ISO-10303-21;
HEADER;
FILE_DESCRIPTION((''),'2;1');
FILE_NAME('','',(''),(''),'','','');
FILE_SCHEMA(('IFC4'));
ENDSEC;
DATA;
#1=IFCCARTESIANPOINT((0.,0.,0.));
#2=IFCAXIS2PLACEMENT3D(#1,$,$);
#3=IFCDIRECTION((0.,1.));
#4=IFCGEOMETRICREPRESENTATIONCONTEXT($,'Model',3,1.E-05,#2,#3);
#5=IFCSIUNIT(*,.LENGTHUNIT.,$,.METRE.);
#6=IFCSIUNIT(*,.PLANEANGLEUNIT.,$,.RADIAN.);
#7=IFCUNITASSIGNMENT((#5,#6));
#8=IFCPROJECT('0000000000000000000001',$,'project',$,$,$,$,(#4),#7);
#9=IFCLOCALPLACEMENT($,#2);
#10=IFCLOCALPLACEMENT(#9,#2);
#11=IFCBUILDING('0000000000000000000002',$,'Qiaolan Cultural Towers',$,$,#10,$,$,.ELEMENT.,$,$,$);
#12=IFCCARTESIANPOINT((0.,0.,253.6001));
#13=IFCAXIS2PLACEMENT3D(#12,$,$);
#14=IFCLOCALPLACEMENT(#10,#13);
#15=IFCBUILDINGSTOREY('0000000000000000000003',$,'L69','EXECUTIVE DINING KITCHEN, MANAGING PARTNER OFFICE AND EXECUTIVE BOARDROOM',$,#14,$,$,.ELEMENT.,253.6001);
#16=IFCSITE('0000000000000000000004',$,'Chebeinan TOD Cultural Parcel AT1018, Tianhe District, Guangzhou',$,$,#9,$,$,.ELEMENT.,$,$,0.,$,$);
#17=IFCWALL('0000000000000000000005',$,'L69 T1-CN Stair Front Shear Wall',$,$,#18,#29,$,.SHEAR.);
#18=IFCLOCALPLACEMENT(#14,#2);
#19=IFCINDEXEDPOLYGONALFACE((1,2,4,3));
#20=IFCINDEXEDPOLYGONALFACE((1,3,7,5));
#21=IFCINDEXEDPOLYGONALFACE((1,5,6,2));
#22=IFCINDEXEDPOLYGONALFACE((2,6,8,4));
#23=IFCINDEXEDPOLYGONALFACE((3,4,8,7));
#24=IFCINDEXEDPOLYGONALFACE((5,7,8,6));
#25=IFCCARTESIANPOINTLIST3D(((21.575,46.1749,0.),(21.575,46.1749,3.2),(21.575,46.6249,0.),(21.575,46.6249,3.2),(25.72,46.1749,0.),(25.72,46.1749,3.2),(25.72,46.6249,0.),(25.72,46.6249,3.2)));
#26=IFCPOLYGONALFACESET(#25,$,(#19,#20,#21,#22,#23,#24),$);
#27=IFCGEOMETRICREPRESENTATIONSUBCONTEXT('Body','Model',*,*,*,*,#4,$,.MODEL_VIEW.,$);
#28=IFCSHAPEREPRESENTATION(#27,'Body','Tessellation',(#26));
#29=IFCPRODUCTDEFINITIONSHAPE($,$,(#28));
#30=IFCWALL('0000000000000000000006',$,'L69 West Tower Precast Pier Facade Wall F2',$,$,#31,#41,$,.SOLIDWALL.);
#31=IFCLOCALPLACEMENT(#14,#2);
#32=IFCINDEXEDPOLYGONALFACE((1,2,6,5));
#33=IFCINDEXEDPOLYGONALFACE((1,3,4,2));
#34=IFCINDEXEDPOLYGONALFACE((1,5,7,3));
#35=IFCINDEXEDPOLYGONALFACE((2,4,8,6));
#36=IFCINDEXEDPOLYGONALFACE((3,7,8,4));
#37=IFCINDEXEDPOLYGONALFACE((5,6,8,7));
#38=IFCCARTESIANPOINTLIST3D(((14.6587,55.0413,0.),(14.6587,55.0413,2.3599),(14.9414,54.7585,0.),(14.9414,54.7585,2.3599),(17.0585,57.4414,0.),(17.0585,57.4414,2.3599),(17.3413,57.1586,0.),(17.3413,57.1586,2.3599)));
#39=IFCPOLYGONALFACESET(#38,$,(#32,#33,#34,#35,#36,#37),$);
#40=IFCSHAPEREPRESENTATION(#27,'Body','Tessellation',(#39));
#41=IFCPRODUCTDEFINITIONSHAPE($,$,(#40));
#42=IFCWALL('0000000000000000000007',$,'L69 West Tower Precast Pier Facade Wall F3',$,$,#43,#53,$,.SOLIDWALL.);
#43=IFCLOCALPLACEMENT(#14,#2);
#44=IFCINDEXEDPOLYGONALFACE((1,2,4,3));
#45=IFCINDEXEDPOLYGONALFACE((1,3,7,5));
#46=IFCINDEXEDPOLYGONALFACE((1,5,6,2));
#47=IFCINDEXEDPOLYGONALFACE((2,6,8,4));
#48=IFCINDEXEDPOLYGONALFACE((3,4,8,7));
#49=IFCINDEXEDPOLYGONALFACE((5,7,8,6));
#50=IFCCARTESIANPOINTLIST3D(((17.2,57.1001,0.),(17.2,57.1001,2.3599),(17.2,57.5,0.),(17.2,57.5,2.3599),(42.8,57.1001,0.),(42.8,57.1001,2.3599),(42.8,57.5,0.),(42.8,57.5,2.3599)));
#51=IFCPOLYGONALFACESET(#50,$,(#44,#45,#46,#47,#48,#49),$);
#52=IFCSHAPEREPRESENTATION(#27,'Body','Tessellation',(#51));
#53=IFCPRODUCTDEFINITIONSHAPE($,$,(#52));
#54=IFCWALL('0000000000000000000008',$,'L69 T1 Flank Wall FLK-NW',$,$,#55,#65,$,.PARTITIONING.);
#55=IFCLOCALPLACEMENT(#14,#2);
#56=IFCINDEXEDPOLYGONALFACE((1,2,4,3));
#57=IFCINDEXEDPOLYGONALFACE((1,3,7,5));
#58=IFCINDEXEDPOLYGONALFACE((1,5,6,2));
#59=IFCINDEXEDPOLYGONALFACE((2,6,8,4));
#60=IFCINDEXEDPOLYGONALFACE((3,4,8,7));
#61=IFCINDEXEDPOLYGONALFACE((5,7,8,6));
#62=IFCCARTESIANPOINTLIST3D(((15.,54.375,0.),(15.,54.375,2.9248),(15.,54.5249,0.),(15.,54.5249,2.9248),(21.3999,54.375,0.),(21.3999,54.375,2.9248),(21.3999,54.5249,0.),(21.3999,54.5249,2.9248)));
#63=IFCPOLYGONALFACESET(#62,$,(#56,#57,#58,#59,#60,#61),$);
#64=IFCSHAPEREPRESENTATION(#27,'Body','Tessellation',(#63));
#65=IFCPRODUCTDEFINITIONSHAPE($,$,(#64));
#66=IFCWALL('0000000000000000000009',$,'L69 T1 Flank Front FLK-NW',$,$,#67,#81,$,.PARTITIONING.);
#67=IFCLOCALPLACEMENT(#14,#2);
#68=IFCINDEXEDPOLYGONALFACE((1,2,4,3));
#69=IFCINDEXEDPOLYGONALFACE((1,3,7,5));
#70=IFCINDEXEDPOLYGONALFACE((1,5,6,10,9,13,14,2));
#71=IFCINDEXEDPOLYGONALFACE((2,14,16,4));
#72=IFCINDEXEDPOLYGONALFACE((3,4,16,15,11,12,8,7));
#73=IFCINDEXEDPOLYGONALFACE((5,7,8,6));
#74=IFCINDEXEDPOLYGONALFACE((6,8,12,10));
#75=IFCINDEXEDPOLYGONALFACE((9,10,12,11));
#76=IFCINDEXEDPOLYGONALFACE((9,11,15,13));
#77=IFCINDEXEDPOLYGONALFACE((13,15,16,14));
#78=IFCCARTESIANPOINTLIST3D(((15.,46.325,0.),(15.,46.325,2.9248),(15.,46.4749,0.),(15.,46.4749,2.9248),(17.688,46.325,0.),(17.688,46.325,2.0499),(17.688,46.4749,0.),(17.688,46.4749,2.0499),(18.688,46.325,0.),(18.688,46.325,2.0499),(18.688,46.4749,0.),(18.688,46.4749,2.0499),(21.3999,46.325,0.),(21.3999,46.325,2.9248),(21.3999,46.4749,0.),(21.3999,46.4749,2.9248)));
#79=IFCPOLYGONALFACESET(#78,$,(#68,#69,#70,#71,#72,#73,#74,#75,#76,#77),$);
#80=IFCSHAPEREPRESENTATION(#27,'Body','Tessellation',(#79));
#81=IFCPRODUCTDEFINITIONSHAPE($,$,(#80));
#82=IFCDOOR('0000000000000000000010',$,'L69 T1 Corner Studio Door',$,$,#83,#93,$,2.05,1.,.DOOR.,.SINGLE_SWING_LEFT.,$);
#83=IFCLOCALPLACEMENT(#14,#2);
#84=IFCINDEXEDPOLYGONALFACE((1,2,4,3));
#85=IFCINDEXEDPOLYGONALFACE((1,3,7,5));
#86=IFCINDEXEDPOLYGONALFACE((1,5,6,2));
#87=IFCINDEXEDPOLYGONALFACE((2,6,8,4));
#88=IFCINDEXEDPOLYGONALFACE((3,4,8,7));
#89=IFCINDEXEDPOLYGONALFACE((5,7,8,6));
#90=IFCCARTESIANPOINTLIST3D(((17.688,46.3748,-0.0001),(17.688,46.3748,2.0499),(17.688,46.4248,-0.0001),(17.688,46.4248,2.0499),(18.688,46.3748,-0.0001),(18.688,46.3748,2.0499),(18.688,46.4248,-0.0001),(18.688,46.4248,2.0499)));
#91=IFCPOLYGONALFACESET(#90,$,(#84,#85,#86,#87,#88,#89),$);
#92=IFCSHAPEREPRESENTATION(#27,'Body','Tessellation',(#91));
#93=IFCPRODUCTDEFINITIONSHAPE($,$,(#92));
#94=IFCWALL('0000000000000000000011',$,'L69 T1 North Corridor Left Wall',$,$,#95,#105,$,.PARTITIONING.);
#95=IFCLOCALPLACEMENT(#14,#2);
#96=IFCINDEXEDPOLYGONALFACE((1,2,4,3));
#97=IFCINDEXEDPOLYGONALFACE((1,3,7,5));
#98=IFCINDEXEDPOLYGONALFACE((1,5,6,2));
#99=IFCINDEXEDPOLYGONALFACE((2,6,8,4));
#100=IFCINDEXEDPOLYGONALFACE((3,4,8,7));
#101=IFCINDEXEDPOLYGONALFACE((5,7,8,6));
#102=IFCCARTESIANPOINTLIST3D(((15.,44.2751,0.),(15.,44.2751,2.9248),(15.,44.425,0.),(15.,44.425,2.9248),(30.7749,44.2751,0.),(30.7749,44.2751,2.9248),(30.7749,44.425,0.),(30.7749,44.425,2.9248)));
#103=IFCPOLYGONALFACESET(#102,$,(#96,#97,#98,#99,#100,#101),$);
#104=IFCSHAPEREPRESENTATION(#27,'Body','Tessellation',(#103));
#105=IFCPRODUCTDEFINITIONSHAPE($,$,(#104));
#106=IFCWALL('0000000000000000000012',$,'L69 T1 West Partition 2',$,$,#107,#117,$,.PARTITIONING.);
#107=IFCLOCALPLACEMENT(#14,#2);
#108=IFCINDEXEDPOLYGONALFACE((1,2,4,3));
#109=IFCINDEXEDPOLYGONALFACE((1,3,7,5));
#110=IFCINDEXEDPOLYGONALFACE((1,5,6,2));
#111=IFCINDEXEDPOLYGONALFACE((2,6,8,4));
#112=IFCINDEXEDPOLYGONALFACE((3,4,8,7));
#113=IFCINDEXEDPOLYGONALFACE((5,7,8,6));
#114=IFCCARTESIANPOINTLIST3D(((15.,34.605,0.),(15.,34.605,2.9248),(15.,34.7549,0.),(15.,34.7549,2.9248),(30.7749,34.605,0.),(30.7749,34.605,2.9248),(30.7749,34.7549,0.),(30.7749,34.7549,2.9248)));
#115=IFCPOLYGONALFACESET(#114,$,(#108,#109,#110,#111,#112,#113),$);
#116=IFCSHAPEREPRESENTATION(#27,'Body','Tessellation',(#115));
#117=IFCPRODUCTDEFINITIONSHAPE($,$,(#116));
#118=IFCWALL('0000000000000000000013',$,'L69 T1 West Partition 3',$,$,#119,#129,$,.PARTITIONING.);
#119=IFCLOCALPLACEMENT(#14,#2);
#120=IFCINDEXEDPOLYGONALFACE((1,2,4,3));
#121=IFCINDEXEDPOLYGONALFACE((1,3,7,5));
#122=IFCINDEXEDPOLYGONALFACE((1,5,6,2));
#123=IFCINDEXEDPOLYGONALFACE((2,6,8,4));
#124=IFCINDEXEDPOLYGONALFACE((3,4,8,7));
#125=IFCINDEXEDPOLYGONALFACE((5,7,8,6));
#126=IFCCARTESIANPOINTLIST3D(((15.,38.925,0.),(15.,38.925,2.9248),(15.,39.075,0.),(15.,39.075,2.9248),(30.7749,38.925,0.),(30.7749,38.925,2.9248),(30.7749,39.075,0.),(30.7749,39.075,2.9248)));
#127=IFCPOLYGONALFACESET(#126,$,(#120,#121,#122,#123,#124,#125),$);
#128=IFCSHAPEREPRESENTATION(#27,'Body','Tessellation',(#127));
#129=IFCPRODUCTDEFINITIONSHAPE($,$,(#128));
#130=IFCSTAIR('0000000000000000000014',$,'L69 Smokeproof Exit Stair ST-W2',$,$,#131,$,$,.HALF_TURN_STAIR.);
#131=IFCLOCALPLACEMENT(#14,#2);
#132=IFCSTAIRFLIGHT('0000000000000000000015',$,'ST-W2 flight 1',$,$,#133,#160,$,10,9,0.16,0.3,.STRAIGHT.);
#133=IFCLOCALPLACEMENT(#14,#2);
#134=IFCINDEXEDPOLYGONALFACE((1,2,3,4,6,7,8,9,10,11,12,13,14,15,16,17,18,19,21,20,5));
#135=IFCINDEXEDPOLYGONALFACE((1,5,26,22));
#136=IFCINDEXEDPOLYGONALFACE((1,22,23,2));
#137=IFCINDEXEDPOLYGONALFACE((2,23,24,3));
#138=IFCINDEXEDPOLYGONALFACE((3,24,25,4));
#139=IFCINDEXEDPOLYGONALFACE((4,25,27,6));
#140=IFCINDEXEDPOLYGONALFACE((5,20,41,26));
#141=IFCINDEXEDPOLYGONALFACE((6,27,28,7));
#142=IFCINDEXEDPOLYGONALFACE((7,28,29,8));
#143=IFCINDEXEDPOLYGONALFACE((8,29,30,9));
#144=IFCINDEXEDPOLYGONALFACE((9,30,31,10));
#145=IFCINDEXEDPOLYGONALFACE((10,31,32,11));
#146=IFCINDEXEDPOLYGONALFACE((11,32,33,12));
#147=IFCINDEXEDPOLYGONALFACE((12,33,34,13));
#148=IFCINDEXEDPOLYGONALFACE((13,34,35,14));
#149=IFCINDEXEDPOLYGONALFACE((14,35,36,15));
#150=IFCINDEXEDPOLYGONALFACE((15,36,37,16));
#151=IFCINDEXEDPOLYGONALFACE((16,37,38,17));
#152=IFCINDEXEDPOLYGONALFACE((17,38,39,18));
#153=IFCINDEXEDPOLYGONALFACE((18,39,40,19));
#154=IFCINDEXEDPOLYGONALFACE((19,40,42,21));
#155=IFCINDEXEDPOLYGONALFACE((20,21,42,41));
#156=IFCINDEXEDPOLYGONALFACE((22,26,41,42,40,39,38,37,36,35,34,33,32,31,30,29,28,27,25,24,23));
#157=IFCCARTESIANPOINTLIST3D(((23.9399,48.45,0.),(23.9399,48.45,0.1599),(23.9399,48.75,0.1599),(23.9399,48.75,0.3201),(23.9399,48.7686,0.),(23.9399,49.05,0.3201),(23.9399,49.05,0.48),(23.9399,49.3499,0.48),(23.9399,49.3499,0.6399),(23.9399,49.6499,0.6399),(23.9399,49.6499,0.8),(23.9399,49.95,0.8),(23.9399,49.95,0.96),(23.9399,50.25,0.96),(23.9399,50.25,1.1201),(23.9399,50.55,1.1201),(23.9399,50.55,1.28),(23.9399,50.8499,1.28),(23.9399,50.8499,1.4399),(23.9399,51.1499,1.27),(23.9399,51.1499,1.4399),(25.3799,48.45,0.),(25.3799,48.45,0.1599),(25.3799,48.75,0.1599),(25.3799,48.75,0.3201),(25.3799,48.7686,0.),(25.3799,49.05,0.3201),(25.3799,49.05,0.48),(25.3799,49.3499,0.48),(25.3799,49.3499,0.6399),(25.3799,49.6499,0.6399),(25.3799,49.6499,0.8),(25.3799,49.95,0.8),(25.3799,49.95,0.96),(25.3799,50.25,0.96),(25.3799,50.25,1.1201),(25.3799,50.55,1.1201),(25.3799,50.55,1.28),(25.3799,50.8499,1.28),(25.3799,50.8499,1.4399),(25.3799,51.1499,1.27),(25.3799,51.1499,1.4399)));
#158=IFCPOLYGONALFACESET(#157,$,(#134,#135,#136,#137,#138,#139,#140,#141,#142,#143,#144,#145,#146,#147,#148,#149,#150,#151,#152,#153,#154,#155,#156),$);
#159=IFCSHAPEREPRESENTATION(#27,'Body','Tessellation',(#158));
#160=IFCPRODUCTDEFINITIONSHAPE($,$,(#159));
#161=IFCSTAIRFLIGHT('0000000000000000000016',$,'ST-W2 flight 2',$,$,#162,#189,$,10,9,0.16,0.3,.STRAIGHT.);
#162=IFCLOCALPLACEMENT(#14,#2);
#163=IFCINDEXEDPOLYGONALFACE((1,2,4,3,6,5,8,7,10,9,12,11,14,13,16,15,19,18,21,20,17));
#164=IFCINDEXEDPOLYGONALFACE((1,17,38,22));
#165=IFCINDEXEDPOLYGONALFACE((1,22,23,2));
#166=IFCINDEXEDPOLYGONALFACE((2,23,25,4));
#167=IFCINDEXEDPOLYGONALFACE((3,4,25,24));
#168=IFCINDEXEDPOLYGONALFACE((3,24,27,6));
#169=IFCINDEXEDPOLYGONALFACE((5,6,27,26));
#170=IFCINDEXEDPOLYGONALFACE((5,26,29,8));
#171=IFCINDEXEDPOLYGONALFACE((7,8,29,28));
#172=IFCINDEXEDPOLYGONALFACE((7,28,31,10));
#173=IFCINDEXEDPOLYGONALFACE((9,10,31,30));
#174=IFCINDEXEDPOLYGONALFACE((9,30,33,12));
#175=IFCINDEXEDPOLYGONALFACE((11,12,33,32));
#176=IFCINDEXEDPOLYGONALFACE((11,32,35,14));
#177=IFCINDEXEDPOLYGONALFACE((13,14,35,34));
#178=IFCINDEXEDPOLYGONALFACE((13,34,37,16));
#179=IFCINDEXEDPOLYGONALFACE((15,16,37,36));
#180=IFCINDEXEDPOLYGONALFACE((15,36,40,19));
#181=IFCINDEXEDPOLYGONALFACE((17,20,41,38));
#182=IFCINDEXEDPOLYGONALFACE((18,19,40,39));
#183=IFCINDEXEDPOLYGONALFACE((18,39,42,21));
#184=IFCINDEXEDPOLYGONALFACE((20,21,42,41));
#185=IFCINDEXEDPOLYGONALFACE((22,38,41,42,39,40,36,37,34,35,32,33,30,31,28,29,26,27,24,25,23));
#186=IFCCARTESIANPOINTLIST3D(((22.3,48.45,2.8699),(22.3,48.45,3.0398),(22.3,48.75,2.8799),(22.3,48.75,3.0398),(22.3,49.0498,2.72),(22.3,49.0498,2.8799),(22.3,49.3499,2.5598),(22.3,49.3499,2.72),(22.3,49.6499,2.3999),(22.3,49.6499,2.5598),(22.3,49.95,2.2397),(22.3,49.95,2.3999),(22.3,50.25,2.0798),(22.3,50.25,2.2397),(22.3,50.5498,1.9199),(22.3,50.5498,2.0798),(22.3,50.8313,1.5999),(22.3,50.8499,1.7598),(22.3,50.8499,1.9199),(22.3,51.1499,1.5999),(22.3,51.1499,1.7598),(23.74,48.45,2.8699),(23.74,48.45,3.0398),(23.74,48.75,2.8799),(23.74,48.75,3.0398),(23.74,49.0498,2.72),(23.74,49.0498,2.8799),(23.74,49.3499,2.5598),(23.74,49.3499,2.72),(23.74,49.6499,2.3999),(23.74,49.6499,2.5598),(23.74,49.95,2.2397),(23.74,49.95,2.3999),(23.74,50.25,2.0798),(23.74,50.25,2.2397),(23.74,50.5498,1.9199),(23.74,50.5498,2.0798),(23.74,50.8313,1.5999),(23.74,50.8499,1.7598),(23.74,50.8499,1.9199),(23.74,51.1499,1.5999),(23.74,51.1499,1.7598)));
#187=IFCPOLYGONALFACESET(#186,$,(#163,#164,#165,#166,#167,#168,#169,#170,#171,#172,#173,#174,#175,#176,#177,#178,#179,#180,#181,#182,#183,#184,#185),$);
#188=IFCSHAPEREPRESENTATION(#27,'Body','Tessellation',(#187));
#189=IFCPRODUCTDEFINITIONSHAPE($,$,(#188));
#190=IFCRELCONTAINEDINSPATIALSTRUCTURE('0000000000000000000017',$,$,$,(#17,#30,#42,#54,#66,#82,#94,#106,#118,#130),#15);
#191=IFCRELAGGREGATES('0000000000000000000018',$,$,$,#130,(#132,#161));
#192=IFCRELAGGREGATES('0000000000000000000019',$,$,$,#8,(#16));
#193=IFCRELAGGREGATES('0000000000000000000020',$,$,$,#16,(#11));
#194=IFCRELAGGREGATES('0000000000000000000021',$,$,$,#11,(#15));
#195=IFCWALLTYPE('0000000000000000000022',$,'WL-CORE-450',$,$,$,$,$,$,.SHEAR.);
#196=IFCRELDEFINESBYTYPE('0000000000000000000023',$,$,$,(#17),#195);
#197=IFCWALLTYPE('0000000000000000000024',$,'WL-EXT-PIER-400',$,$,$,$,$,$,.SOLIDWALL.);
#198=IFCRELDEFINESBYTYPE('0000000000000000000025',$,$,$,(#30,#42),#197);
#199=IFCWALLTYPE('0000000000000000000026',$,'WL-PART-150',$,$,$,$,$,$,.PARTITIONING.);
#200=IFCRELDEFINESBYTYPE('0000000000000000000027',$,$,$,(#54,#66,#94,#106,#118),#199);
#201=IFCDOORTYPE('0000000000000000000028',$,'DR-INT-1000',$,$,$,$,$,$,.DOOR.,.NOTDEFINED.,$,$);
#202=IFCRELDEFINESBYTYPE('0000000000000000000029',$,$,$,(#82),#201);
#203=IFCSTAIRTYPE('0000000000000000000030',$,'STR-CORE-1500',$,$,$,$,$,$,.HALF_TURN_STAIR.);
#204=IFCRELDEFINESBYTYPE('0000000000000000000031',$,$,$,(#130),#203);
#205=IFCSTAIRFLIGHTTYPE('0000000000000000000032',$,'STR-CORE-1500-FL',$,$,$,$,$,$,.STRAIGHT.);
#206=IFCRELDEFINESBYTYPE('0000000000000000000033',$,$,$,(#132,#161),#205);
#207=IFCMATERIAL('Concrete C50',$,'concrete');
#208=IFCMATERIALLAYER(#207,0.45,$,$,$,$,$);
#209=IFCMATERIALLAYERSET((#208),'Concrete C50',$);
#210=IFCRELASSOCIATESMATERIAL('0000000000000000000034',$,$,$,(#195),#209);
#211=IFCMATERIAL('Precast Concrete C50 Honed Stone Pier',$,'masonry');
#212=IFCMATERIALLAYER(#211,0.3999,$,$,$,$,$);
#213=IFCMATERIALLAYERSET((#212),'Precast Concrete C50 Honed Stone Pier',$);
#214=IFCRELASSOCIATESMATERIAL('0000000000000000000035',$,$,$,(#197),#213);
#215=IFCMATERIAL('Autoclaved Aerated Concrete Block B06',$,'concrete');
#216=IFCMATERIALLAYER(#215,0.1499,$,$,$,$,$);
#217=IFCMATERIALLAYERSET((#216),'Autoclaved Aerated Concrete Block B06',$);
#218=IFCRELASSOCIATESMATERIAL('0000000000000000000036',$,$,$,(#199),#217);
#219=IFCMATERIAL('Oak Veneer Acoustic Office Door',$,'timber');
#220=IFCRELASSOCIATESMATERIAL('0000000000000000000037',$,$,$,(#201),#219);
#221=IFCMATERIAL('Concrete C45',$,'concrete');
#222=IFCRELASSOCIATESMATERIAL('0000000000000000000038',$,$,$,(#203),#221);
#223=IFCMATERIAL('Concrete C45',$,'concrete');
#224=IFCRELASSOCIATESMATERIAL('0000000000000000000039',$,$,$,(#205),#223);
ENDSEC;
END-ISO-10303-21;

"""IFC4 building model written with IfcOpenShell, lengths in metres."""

from ifc_helpers import new_model, si_unit, direction, frame, frame_2d, origin, place, context, subcontext, project, spatial, polyline, rectangle, outline, extrude, material, layer, layer_set, type_object, element, fill, aggregate, save


model = new_model("IFC4")

# Units and contexts
model_context = context("Model", 3, precision=1e-05, world=origin(), true_north=direction((0.0, 1.0)))
body_context = subcontext(model_context, "Body", "Model", "MODEL_VIEW")
ifc_project = project(units=[si_unit("LENGTHUNIT", "METRE"), si_unit("PLANEANGLEUNIT", "RADIAN")], contexts=[model_context])

# Site, building, storey
site_placement = place(None, origin())
site = spatial("IfcSite", under=ifc_project, at=site_placement, Name="Chebeinan TOD Cultural Parcel AT1018, Tianhe District, Guangzhou", CompositionType="ELEMENT", RefElevation=0.0)
building_placement = place(site_placement, origin())
building = spatial("IfcBuilding", under=site, at=building_placement, Name="Qiaolan Cultural Towers", CompositionType="ELEMENT")
storey_placement = place(building_placement, frame((0.0, 0.0, 253.6001)))
storey = spatial("IfcBuildingStorey", under=building, at=storey_placement, Name="L69", Description="EXECUTIVE DINING KITCHEN, MANAGING PARTNER OFFICE AND EXECUTIVE BOARDROOM", CompositionType="ELEMENT", Elevation=253.6001)

# Walls
ifc_material_1 = material(Name="Concrete C50", Category="concrete")
ifc_layer_1 = layer(ifc_material_1, 0.45)
ifc_layer_set_1 = layer_set([ifc_layer_1], Name="Concrete C50")
wall_type_1 = type_object("IfcWallType", Name="WL-CORE-450", PredefinedType="SHEAR", material=ifc_layer_set_1)
wall_1_placement = place(storey_placement, frame((21.575, 46.3999, 0.0), z_axis=(0.0, 0.0, 1.0), x_axis=(1.0, 0.0, 0.0)))
element("IfcWall", 1, at=wall_1_placement, inside=storey, type_object=wall_type_1, Name="L69 T1-CN Stair Front Shear Wall", PredefinedType="SHEAR", context=body_context, shape_type="SweptSolid", body=[
    extrude(rectangle(XDim=4.145, YDim=0.45, at=frame_2d((2.0725, 0.0))), origin(), (0.0, 0.0, 1.0), 3.2),
])
ifc_material_2 = material(Name="Precast Concrete C50 Honed Stone Pier", Category="masonry")
ifc_layer_2 = layer(ifc_material_2, 0.3999)
ifc_layer_set_2 = layer_set([ifc_layer_2], Name="Precast Concrete C50 Honed Stone Pier")
wall_type_2 = type_object("IfcWallType", Name="WL-EXT-PIER-400", PredefinedType="SOLIDWALL", material=ifc_layer_set_2)
wall_2_placement = place(storey_placement, frame((14.8, 54.8999, 0.0), z_axis=(0.0, 0.0, 1.0), x_axis=(0.707071, 0.707143, 0.0)))
element("IfcWall", 2, at=wall_2_placement, inside=storey, type_object=wall_type_2, Name="L69 West Tower Precast Pier Facade Wall F2", PredefinedType="SOLIDWALL", context=body_context, shape_type="SweptSolid", body=[
    extrude(rectangle(XDim=3.394, YDim=0.3999, at=frame_2d((1.697, 0.0))), origin(), (0.0, 0.0, 1.0), 2.3599),
])
wall_3_placement = place(storey_placement, frame((17.2, 57.3, 0.0), z_axis=(0.0, 0.0, 1.0), x_axis=(1.0, 0.0, 0.0)))
element("IfcWall", 3, at=wall_3_placement, inside=storey, type_object=wall_type_2, Name="L69 West Tower Precast Pier Facade Wall F3", PredefinedType="SOLIDWALL", context=body_context, shape_type="SweptSolid", body=[
    extrude(rectangle(XDim=25.6001, YDim=0.3999, at=frame_2d((12.8, 0.0))), origin(), (0.0, 0.0, 1.0), 2.3599),
])
ifc_material_3 = material(Name="Autoclaved Aerated Concrete Block B06", Category="concrete")
ifc_layer_3 = layer(ifc_material_3, 0.1499)
ifc_layer_set_3 = layer_set([ifc_layer_3], Name="Autoclaved Aerated Concrete Block B06")
wall_type_3 = type_object("IfcWallType", Name="WL-PART-150", PredefinedType="PARTITIONING", material=ifc_layer_set_3)
wall_4_placement = place(storey_placement, frame((15.0, 54.45, 0.0), z_axis=(0.0, 0.0, 1.0), x_axis=(1.0, 0.0, 0.0)))
element("IfcWall", 4, at=wall_4_placement, inside=storey, type_object=wall_type_3, Name="L69 T1 Flank Wall FLK-NW", PredefinedType="PARTITIONING", context=body_context, shape_type="SweptSolid", body=[
    extrude(rectangle(XDim=6.3999, YDim=0.1499, at=frame_2d((3.2, 0.0))), origin(), (0.0, 0.0, 1.0), 2.9248),
])

# Wall, opening, door
wall_5_placement = place(storey_placement, frame((15.0, 46.3999, 0.0), z_axis=(0.0, 0.0, 1.0), x_axis=(1.0, 0.0, 0.0)))
wall_5 = element("IfcWall", 5, at=wall_5_placement, inside=storey, type_object=wall_type_3, Name="L69 T1 Flank Front FLK-NW", PredefinedType="PARTITIONING", context=body_context, shape_type="SweptSolid", body=[
    extrude(rectangle(XDim=6.3999, YDim=0.1499, at=frame_2d((3.2, 0.0))), origin(), (0.0, 0.0, 1.0), 2.9248),
])
opening_placement = place(wall_5_placement, frame((2.688, 0.0, 0.0)))
opening = element("IfcOpeningElement", 6, at=opening_placement, cuts=wall_5, PredefinedType="OPENING", context=body_context, shape_type="SweptSolid", body=[
    extrude(rectangle(XDim=1.0, YDim=2.05, at=frame_2d((0.5, 1.0249))), frame((0.0, 0.085, 0.0), z_axis=(0.0, -1.0, 0.0), x_axis=(1.0, 0.0, 0.0)), (0.0, 0.0, 1.0), 0.1699),
])
ifc_material_4 = material(Name="Oak Veneer Acoustic Office Door", Category="timber")
door_type = type_object("IfcDoorType", Name="DR-INT-1000", OperationType="NOTDEFINED", PredefinedType="DOOR", material=ifc_material_4)
door_placement = place(opening_placement, origin())
door = element("IfcDoor", 7, at=door_placement, inside=storey, type_object=door_type, Name="L69 T1 Corner Studio Door", OperationType="SINGLE_SWING_LEFT", OverallHeight=2.05, OverallWidth=1.0, PredefinedType="DOOR", context=body_context, shape_type="SweptSolid", body=[
    extrude(rectangle(XDim=1.0, YDim=2.05, at=frame_2d((0.5, 1.0249))), frame((0.0, 0.0249, 0.0), z_axis=(0.0, -1.0, 0.0), x_axis=(1.0, 0.0, 0.0)), (0.0, 0.0, 1.0), 0.05),
])
fill(opening, door)

# Walls
for number, where, z_axis, x_axis, name in (
    (8, (15.0, 44.3501, 0.0), (0.0, 0.0, 1.0), (1.0, 0.0, 0.0), "L69 T1 North Corridor Left Wall"),
    (9, (15.0, 34.6799, 0.0), (0.0, 0.0, 1.0), (1.0, 0.0, 0.0), "L69 T1 West Partition 2"),
    (10, (15.0, 39.0, 0.0), (0.0, 0.0, 1.0), (1.0, 0.0, 0.0), "L69 T1 West Partition 3"),
):
    element("IfcWall", number, at=place(storey_placement, frame(where, z_axis=z_axis, x_axis=x_axis)), inside=storey, type_object=wall_type_3, Name=name, PredefinedType="PARTITIONING", context=body_context, shape_type="SweptSolid", body=[
        extrude(rectangle(XDim=15.7749, YDim=0.1499, at=frame_2d((7.8875, 0.0))), origin(), (0.0, 0.0, 1.0), 2.9248),
    ])

# Stair, stair flights
ifc_material_5 = material(Name="Concrete C45", Category="concrete")
stair_type = type_object("IfcStairType", Name="STR-CORE-1500", PredefinedType="HALF_TURN_STAIR", material=ifc_material_5)
stair_placement = place(storey_placement, origin())
stair = element("IfcStair", 11, at=stair_placement, inside=storey, type_object=stair_type, Name="L69 Smokeproof Exit Stair ST-W2", PredefinedType="HALF_TURN_STAIR")
ifc_material_6 = material(Name="Concrete C45", Category="concrete")
stair_flight_type = type_object("IfcStairFlightType", Name="STR-CORE-1500-FL", PredefinedType="STRAIGHT", material=ifc_material_6)
stair_flight_1_placement = place(storey_placement, frame((24.6599, 48.45, 0.0), z_axis=(0.0, 0.0, 1.0), x_axis=(0.0, 1.0, 0.0)))
stair_flight_1 = element("IfcStairFlight", 12, at=stair_flight_1_placement, type_object=stair_flight_type, Name="ST-W2 flight 1", NumberOfRisers=10, NumberOfTreads=9, PredefinedType="STRAIGHT", RiserHeight=0.16, TreadLength=0.3, context=body_context, shape_type="SweptSolid", body=[
    extrude(outline(polyline([(0.0, 0.0), (0.0, 0.1599), (0.3, 0.1599), (0.3, 0.3201), (0.6001, 0.3201), (0.6001, 0.48), (0.8999, 0.48), (0.8999, 0.6399), (1.2, 0.6399), (1.2, 0.8), (1.5, 0.8), (1.5, 0.96), (1.8, 0.96), (1.8, 1.1201), (2.1001, 1.1201), (2.1001, 1.28), (2.3999, 1.28), (2.3999, 1.4399), (2.7, 1.4399), (2.7, 1.6001), (2.7, 1.27), (0.3186, 0.0), (0.0, 0.0)])), frame((0.0, 0.72, 0.0), z_axis=(0.0, -1.0, 0.0), x_axis=(1.0, 0.0, 0.0)), (0.0, 0.0, 1.0), 1.4399),
])
stair_flight_2_placement = place(storey_placement, frame((23.02, 51.1499, 1.5999), z_axis=(0.0, 0.0, 1.0), x_axis=(0.0, -1.0, 0.0)))
stair_flight_2 = element("IfcStairFlight", 13, at=stair_flight_2_placement, type_object=stair_flight_type, Name="ST-W2 flight 2", NumberOfRisers=10, NumberOfTreads=9, PredefinedType="STRAIGHT", RiserHeight=0.16, TreadLength=0.3, context=body_context, shape_type="SweptSolid", body=[
    extrude(outline(polyline([(0.0, 0.0), (0.0, 0.1599), (0.3, 0.1599), (0.3, 0.3201), (0.6001, 0.3201), (0.6001, 0.48), (0.8999, 0.48), (0.8999, 0.6399), (1.2, 0.6399), (1.2, 0.8), (1.5, 0.8), (1.5, 0.96), (1.8, 0.96), (1.8, 1.1201), (2.1001, 1.1201), (2.1001, 1.28), (2.3999, 1.28), (2.3999, 1.4399), (2.7, 1.4399), (2.7, 1.6001), (2.7, 1.27), (0.3186, 0.0), (0.0, 0.0)])), frame((0.0, 0.72, 0.0), z_axis=(0.0, -1.0, 0.0), x_axis=(1.0, 0.0, 0.0)), (0.0, 0.0, 1.0), 1.4399),
])
aggregate(stair, [stair_flight_1, stair_flight_2])

save(model, "model.ifc")
